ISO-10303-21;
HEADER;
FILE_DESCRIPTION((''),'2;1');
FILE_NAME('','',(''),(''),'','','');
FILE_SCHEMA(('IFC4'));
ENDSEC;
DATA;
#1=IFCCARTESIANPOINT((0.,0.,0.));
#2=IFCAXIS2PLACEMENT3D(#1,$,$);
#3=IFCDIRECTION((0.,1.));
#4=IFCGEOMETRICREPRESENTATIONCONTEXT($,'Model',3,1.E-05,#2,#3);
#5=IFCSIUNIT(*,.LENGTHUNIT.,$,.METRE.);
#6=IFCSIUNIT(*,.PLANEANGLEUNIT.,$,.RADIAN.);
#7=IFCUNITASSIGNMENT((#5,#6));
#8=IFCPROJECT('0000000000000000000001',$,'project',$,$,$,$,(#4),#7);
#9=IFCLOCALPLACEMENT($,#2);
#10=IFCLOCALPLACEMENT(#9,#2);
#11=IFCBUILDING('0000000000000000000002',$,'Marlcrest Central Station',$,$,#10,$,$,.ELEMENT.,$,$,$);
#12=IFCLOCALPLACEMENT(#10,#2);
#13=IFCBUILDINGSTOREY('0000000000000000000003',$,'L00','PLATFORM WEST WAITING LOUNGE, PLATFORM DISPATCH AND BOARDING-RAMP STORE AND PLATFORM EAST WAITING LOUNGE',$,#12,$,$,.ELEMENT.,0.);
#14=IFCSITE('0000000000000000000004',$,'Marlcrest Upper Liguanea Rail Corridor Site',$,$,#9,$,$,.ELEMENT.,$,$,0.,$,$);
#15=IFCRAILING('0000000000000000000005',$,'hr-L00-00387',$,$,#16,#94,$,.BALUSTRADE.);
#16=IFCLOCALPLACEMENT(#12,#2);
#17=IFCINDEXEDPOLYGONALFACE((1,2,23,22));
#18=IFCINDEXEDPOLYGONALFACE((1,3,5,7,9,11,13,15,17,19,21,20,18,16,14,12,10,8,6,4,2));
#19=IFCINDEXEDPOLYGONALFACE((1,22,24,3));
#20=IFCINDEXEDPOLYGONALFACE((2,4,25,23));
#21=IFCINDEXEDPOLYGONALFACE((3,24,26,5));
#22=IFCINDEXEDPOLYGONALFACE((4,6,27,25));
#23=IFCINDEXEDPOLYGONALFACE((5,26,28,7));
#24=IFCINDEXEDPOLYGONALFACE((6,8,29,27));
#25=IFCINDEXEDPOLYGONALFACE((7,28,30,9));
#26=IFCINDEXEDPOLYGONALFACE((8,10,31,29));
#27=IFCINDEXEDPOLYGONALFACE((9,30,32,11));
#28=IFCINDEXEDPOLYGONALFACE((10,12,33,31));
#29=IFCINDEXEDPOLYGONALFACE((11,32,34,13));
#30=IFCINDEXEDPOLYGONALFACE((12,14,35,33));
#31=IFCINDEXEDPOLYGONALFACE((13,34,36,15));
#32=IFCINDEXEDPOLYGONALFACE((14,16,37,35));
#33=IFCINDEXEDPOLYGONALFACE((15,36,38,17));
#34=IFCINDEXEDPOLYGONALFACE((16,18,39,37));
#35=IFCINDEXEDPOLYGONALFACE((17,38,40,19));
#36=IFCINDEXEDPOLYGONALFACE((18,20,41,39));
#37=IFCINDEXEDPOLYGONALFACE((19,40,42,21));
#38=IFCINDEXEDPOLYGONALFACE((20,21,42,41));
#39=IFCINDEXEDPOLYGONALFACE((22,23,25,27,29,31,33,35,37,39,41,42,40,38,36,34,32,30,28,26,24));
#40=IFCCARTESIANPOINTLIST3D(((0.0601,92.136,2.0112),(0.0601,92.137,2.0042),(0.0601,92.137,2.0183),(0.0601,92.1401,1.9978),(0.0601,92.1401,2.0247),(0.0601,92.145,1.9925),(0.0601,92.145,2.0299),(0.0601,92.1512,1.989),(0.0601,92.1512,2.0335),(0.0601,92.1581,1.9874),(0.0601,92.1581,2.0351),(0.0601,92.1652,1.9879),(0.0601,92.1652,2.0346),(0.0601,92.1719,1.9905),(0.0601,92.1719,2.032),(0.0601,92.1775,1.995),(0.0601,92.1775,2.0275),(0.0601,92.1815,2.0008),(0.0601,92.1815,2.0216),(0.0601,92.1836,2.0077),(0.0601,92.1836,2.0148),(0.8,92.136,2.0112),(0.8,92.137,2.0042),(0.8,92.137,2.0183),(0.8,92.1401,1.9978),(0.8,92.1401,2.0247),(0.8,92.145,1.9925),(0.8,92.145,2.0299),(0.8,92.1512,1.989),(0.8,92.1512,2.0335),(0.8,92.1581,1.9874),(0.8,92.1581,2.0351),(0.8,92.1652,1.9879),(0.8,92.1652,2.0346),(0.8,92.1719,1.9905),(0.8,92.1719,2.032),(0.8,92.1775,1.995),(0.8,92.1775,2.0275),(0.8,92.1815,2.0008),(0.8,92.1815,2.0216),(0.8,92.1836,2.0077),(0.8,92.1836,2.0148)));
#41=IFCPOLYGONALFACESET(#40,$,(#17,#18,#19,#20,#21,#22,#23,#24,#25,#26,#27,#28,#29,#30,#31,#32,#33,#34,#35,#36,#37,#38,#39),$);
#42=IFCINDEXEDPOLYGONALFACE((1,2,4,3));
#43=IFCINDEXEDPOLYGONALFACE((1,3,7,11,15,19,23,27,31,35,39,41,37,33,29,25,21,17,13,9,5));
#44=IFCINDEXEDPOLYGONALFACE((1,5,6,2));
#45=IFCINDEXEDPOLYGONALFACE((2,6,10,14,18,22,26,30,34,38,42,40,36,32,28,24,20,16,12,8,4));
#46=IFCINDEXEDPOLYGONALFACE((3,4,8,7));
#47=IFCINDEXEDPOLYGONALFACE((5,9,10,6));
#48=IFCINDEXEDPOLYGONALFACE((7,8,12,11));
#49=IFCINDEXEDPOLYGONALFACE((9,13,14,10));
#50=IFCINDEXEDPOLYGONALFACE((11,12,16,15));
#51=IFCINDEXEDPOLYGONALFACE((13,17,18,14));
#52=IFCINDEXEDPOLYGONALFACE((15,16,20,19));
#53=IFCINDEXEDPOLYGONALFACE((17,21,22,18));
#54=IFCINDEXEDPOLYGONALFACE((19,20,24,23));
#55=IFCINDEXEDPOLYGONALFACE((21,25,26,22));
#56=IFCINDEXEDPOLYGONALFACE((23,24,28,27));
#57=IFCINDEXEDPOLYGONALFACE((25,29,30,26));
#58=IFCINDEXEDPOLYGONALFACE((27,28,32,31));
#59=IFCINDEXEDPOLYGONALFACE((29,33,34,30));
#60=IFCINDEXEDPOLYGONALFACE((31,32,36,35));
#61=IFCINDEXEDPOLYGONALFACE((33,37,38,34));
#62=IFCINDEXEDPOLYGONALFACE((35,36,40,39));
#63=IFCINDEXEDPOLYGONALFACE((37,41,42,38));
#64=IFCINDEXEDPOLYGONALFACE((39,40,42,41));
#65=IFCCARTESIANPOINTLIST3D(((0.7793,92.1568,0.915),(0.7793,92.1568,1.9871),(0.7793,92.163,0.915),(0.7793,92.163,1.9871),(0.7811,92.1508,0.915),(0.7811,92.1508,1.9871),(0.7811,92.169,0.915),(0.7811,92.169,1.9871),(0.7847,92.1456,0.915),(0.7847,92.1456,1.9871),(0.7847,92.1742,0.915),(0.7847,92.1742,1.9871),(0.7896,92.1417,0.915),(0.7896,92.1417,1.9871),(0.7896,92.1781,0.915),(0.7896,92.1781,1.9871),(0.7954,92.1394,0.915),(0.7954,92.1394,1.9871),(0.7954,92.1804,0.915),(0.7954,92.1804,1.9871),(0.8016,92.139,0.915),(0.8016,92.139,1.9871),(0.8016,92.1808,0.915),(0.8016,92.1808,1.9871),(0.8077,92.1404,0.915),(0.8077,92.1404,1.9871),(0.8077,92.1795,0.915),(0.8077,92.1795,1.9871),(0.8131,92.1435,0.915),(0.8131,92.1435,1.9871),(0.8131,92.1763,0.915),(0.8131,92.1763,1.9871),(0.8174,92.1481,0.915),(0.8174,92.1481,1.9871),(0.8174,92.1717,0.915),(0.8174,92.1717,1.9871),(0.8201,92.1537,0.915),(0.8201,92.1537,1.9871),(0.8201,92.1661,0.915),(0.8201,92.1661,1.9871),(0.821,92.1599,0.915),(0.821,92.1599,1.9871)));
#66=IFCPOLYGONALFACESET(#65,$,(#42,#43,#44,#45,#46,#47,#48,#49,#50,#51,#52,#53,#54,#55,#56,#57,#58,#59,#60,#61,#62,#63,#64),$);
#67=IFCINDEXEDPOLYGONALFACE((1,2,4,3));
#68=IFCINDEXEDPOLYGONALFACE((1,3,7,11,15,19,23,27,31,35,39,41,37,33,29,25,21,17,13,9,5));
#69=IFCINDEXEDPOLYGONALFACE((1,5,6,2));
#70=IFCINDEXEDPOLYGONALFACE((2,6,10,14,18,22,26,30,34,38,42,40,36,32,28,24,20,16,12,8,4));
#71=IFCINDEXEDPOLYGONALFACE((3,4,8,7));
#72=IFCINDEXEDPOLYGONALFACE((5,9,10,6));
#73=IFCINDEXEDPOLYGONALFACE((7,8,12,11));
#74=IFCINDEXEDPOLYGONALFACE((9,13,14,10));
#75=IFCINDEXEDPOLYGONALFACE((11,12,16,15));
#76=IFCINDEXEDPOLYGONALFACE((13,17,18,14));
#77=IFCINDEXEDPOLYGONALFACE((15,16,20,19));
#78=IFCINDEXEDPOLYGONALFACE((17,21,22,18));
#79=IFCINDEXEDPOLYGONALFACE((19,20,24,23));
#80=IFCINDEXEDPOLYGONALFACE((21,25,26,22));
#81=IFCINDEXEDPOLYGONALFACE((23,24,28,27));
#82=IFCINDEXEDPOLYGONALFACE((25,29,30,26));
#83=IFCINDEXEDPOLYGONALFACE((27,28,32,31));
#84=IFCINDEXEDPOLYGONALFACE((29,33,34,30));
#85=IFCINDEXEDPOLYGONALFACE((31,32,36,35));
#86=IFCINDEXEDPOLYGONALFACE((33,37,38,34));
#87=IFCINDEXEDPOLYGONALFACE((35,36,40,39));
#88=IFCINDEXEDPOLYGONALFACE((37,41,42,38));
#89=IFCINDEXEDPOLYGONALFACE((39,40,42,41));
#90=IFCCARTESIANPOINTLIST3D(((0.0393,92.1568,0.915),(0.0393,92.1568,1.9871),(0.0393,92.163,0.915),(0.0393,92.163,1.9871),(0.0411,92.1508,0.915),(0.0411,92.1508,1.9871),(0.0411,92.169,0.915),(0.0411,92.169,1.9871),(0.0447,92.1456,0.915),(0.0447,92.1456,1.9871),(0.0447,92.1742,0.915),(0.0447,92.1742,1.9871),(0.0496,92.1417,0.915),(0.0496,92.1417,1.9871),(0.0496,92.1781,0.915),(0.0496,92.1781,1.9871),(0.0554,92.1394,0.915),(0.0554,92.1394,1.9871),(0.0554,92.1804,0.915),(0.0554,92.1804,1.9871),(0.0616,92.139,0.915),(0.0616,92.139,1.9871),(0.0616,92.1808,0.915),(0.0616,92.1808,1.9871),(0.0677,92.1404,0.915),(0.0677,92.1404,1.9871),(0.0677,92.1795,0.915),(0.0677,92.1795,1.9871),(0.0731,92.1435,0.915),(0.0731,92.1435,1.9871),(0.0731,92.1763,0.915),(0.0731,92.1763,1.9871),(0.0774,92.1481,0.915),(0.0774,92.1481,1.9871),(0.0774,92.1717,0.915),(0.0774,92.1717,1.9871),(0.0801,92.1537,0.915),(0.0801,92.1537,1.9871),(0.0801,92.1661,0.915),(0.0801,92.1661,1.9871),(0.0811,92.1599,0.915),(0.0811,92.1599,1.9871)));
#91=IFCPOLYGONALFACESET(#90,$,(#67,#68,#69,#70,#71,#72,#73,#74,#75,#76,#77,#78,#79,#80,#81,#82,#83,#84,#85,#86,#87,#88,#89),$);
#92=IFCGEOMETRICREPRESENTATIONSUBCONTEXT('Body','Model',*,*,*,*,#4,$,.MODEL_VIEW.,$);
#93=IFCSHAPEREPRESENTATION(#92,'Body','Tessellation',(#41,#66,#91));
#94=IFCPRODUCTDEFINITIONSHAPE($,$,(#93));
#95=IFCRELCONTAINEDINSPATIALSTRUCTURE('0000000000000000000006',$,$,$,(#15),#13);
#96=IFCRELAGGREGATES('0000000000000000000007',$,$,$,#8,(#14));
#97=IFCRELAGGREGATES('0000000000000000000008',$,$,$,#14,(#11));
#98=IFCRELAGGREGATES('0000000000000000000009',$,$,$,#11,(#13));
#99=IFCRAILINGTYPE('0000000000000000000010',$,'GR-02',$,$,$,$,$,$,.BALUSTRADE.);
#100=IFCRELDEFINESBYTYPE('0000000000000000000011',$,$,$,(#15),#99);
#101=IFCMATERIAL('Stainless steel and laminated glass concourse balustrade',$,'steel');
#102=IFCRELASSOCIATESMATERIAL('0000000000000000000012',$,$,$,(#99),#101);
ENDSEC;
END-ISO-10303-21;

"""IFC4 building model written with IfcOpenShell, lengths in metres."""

from ifc_helpers import new_model, si_unit, direction, frame, origin, origin_2d, place, context, subcontext, project, spatial, circle, extrude, material, type_object, element, save


model = new_model("IFC4")

# Units and contexts
model_context = context("Model", 3, precision=1e-05, world=origin(), true_north=direction((0.0, 1.0)))
body_context = subcontext(model_context, "Body", "Model", "MODEL_VIEW")
ifc_project = project(units=[si_unit("LENGTHUNIT", "METRE"), si_unit("PLANEANGLEUNIT", "RADIAN")], contexts=[model_context])

# Site, building, storey
site_placement = place(None, origin())
site = spatial("IfcSite", under=ifc_project, at=site_placement, Name="Marlcrest Upper Liguanea Rail Corridor Site", CompositionType="ELEMENT", RefElevation=0.0)
building_placement = place(site_placement, origin())
building = spatial("IfcBuilding", under=site, at=building_placement, Name="Marlcrest Central Station", CompositionType="ELEMENT")
storey_placement = place(building_placement, origin())
storey = spatial("IfcBuildingStorey", under=building, at=storey_placement, Name="L00", Description="PLATFORM WEST WAITING LOUNGE, PLATFORM DISPATCH AND BOARDING-RAMP STORE AND PLATFORM EAST WAITING LOUNGE", CompositionType="ELEMENT", Elevation=0.0)

# Railing
ifc_material_1 = material(Name="Stainless steel and laminated glass concourse balustrade", Category="steel")
railing_type = type_object("IfcRailingType", Name="GR-02", PredefinedType="BALUSTRADE", material=ifc_material_1)
railing_1_placement = place(storey_placement, frame((0.8, 92.1599, 0.915)))
element("IfcRailing", 1, at=railing_1_placement, inside=storey, type_object=railing_type, Name="hr-L00-00387", PredefinedType="BALUSTRADE", context=body_context, shape_type="SweptSolid", body=[
    extrude(circle(Radius=0.0239, at=origin_2d()), frame((0.0, 0.0, 1.0962), z_axis=(-1.0, 0.0, 0.0), x_axis=(0.0, -1.0, 0.0)), (0.0, 0.0, 1.0), 0.74),
    extrude(circle(Radius=0.021, at=origin_2d()), origin(), (0.0, 0.0, 1.0), 1.072),
    extrude(circle(Radius=0.021, at=origin_2d()), frame((-0.74, 0.0, 0.0)), (0.0, 0.0, 1.0), 1.072),
])

save(model, "model.ifc")
